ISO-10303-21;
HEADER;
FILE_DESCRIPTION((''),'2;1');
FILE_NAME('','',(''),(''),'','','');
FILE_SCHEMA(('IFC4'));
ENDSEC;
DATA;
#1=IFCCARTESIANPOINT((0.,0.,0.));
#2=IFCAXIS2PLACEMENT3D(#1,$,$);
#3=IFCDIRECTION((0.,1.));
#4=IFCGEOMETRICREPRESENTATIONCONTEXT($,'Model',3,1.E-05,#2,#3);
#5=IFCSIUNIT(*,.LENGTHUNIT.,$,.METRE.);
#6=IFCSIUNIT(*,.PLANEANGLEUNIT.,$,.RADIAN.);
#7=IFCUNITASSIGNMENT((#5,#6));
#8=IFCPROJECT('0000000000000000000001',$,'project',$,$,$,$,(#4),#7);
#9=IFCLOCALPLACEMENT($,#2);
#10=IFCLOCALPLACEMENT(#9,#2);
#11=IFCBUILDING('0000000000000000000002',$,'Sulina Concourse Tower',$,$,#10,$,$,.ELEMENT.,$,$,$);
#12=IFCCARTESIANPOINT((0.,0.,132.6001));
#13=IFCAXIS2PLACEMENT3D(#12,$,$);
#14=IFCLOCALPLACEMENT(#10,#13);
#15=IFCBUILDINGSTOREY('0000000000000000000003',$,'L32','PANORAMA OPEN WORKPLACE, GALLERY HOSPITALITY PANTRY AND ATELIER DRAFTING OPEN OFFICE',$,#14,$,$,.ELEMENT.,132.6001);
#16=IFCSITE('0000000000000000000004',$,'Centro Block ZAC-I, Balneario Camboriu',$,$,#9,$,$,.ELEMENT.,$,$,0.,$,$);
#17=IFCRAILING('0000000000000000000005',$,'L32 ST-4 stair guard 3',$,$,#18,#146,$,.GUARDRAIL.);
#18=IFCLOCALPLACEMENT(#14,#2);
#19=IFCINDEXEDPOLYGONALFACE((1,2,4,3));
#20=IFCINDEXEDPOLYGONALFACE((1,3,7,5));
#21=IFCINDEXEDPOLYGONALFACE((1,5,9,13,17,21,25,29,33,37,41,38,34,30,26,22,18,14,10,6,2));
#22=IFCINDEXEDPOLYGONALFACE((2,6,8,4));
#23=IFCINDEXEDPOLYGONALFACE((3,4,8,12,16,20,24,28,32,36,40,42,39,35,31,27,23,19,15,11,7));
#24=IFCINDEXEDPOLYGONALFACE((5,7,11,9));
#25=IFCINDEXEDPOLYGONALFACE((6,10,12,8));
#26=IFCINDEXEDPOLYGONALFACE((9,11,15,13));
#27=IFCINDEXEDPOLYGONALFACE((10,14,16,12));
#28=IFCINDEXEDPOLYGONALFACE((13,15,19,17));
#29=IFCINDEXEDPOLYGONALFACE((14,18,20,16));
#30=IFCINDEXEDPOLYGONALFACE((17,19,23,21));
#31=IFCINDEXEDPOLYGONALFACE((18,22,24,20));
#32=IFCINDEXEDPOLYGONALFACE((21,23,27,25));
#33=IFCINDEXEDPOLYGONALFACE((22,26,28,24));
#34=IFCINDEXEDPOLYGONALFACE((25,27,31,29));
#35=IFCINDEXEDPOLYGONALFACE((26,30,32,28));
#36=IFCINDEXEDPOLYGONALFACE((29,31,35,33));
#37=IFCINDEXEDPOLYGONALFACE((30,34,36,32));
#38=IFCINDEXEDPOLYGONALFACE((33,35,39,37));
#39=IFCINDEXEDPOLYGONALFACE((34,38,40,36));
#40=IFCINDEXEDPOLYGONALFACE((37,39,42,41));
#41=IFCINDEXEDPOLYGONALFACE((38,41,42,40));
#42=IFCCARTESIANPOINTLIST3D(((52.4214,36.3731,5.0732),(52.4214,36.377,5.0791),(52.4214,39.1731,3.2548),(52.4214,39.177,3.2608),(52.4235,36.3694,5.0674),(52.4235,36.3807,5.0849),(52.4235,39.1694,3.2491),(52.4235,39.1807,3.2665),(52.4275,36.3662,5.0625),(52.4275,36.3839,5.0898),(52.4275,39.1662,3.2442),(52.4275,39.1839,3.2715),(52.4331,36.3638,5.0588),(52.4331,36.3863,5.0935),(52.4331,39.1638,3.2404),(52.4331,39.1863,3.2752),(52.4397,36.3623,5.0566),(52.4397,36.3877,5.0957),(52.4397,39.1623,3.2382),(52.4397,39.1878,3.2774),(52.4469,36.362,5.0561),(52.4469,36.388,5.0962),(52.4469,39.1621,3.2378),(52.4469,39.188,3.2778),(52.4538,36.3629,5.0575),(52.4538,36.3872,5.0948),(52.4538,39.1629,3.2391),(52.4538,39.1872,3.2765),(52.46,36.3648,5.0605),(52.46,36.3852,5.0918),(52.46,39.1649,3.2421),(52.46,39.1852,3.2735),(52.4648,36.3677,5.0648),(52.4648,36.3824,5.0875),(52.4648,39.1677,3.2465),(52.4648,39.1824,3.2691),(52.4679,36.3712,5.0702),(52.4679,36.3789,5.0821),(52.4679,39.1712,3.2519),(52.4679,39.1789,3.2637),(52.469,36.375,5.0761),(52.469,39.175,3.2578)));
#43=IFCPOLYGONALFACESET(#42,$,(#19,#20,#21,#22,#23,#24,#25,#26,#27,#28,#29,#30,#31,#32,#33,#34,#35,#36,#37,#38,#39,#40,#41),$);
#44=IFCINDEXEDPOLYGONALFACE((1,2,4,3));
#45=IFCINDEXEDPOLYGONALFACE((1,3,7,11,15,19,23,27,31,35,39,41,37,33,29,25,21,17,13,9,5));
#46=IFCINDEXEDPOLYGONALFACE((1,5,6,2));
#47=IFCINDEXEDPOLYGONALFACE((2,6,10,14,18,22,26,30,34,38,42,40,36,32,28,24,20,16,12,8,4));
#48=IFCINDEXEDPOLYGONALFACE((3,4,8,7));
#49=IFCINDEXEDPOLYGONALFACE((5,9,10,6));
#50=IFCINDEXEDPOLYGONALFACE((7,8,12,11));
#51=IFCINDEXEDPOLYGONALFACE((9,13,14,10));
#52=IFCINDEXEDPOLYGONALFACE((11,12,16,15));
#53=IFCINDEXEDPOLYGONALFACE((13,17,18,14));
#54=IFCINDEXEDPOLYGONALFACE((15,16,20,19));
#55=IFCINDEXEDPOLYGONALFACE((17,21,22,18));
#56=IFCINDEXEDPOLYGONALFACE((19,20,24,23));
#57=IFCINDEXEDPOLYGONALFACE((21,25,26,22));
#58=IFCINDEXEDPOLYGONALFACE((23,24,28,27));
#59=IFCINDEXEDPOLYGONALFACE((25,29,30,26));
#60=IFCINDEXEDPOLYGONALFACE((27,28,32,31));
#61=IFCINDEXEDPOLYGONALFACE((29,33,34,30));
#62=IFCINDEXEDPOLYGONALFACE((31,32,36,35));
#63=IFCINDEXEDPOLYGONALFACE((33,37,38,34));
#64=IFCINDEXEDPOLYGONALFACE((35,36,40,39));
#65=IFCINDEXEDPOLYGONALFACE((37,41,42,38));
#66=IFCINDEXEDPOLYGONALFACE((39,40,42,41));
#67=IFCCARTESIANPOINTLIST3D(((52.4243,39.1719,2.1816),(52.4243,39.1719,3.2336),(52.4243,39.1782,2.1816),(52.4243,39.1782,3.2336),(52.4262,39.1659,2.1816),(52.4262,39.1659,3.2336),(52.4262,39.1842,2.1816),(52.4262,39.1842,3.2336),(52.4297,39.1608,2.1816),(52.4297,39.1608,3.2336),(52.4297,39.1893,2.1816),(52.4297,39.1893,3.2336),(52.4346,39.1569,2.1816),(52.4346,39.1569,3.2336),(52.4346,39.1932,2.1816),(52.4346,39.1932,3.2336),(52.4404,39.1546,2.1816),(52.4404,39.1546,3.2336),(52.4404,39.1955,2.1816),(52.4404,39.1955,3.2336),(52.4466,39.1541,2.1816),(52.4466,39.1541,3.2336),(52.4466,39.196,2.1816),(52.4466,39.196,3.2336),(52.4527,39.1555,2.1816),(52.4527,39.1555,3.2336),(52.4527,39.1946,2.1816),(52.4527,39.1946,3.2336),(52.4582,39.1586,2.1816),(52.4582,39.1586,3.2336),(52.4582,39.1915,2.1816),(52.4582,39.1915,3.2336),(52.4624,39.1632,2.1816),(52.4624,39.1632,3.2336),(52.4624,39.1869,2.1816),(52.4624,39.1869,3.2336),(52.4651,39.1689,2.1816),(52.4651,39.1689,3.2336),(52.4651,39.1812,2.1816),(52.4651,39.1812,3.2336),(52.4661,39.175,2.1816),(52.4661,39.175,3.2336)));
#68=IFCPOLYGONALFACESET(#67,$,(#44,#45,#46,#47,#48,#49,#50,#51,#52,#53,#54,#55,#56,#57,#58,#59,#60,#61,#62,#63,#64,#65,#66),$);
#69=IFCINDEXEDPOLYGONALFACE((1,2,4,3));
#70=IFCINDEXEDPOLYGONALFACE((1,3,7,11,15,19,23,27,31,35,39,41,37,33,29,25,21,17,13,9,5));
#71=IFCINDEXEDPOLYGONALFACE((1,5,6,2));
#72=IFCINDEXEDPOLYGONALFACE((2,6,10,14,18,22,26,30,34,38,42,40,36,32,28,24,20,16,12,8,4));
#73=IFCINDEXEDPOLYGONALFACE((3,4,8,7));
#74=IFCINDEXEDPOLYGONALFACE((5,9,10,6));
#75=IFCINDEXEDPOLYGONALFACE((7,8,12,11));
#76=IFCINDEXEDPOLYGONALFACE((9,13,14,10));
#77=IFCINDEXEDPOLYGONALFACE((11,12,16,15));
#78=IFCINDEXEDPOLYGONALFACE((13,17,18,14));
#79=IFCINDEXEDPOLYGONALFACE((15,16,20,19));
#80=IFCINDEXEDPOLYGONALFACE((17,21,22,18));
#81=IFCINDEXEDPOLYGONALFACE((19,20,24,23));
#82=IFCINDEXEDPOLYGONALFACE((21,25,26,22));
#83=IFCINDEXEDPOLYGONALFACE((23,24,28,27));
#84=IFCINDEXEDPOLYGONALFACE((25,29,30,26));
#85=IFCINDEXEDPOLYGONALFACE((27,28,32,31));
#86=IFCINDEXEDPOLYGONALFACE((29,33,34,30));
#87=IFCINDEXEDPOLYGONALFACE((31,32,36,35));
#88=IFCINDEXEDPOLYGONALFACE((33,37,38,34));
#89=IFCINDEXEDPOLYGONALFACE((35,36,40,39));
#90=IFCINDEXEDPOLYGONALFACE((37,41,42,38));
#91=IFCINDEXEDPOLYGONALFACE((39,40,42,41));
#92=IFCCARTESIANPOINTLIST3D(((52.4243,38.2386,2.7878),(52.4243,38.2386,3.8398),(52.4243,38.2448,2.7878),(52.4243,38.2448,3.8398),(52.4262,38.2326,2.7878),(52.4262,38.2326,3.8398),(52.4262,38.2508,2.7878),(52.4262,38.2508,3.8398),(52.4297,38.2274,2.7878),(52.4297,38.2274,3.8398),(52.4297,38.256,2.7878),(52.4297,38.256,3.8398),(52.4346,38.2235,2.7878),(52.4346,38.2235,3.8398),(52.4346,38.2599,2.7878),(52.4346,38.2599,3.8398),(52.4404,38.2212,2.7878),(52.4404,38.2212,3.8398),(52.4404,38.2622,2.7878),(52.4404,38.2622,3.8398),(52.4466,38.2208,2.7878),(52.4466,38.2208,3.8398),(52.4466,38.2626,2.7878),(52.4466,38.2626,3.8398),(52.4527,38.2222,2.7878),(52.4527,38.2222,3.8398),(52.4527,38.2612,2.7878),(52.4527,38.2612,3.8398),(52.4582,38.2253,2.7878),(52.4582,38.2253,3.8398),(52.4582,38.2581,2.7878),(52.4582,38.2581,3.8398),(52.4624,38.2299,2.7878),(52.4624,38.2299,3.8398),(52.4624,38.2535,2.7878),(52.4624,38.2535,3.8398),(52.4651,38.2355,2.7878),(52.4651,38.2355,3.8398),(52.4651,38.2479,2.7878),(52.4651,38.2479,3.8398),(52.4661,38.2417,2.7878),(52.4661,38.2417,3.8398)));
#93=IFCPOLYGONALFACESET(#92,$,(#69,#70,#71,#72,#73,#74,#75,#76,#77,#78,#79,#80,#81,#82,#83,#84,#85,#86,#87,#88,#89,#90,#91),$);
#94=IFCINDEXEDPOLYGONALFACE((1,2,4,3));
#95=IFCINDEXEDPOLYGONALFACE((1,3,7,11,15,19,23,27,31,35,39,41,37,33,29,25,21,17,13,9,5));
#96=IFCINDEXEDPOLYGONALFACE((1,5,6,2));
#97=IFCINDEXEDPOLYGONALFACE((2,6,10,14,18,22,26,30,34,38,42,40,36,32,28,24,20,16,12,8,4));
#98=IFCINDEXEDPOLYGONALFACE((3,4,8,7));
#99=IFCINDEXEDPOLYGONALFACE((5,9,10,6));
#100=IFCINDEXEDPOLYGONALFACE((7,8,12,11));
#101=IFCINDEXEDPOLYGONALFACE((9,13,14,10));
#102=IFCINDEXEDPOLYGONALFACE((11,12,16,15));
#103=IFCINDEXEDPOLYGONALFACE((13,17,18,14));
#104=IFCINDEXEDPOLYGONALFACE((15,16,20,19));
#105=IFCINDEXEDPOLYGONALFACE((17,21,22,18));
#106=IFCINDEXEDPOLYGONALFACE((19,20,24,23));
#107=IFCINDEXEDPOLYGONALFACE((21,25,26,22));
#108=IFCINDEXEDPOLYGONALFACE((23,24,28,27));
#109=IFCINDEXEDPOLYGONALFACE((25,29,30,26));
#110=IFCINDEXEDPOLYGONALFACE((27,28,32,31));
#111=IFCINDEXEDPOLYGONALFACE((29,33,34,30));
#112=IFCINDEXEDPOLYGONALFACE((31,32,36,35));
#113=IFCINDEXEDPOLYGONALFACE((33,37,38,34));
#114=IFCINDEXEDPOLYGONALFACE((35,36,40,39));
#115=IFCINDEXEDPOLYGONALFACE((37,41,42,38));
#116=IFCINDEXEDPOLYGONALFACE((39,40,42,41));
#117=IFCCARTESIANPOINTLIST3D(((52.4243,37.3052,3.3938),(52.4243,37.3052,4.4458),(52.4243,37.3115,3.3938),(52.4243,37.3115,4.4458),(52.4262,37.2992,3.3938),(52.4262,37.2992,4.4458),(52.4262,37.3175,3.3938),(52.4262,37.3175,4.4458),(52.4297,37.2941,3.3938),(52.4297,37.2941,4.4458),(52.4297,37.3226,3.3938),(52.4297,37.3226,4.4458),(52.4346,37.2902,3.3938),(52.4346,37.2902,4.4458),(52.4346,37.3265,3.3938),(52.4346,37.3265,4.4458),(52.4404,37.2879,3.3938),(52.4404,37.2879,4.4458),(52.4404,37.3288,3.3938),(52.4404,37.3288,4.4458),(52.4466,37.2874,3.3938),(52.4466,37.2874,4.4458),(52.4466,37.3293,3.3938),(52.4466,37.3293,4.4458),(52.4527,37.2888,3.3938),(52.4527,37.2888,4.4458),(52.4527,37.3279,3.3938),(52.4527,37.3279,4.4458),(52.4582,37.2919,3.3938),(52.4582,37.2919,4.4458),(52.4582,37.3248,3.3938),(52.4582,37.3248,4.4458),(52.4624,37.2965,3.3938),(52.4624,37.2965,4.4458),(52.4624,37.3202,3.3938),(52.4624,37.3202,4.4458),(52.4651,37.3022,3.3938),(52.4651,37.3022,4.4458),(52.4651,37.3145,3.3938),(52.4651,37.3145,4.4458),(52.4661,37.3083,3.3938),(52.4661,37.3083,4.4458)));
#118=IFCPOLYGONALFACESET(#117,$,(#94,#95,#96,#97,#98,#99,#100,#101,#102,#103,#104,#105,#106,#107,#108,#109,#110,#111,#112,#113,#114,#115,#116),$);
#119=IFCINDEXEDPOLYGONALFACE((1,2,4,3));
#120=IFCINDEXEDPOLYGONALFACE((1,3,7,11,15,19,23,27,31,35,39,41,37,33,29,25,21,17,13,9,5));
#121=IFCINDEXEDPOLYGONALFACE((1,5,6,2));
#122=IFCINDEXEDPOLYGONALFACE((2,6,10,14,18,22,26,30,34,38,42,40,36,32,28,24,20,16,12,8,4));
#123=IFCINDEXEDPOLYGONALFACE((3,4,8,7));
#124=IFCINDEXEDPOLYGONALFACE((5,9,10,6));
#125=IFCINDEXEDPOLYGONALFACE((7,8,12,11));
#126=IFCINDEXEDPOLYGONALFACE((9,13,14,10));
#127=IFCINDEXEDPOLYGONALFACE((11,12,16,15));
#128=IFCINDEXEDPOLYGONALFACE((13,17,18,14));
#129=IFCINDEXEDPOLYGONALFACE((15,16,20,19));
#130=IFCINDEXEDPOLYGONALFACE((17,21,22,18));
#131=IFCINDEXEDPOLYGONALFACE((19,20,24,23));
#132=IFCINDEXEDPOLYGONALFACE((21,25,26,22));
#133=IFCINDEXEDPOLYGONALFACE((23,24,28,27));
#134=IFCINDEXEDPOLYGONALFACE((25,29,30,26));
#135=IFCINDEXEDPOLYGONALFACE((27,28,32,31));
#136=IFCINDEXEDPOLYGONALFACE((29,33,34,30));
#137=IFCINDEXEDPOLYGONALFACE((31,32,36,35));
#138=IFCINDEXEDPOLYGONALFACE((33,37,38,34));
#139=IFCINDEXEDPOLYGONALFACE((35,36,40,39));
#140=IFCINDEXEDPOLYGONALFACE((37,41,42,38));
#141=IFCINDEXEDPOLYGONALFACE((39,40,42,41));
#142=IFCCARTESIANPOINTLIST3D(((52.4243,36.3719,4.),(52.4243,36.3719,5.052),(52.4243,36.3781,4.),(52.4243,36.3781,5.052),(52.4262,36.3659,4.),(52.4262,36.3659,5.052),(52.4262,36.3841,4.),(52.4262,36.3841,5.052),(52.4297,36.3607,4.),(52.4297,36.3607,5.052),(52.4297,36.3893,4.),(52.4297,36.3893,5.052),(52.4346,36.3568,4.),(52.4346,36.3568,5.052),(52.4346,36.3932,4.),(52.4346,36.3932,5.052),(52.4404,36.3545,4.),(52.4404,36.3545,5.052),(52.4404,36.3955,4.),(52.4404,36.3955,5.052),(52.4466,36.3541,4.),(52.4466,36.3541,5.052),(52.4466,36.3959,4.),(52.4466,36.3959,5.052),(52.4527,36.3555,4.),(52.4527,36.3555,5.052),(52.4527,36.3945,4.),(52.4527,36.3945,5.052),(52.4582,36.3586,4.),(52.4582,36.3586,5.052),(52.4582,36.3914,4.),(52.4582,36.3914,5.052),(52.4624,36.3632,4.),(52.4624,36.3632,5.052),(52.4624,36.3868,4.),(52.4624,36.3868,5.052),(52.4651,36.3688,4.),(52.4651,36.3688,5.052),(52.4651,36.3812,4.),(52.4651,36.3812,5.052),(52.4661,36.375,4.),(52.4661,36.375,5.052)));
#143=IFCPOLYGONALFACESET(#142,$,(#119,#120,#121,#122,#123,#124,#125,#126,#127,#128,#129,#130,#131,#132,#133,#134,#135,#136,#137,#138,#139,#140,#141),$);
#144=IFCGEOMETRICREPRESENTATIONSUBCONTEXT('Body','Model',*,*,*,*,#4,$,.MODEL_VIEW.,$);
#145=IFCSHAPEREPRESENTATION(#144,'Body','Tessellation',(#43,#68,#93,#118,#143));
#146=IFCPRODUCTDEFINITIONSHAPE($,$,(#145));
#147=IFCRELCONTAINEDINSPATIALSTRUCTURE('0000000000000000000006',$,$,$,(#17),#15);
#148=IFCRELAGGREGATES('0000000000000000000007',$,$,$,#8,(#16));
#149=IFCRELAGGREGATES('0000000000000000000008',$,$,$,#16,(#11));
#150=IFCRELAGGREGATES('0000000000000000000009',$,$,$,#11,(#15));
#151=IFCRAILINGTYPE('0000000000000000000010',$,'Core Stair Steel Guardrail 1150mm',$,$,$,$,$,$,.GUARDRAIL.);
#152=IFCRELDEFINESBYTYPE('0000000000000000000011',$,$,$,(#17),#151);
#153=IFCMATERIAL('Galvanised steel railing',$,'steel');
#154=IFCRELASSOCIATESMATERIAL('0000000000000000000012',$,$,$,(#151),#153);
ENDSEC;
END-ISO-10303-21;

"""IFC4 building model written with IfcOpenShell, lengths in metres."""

from ifc_helpers import new_model, si_unit, direction, frame, origin, origin_2d, place, context, subcontext, project, spatial, circle, extrude, material, type_object, element, save


model = new_model("IFC4")

# Units and contexts
model_context = context("Model", 3, precision=1e-05, world=origin(), true_north=direction((0.0, 1.0)))
body_context = subcontext(model_context, "Body", "Model", "MODEL_VIEW")
ifc_project = project(units=[si_unit("LENGTHUNIT", "METRE"), si_unit("PLANEANGLEUNIT", "RADIAN")], contexts=[model_context])

# Site, building, storey
site_placement = place(None, origin())
site = spatial("IfcSite", under=ifc_project, at=site_placement, Name="Centro Block ZAC-I, Balneario Camboriu", CompositionType="ELEMENT", RefElevation=0.0)
building_placement = place(site_placement, origin())
building = spatial("IfcBuilding", under=site, at=building_placement, Name="Sulina Concourse Tower", CompositionType="ELEMENT")
storey_placement = place(building_placement, frame((0.0, 0.0, 132.6001)))
storey = spatial("IfcBuildingStorey", under=building, at=storey_placement, Name="L32", Description="PANORAMA OPEN WORKPLACE, GALLERY HOSPITALITY PANTRY AND ATELIER DRAFTING OPEN OFFICE", CompositionType="ELEMENT", Elevation=132.6001)

# Railing
ifc_material_1 = material(Name="Galvanised steel railing", Category="steel")
railing_type_1 = type_object("IfcRailingType", Name="Core Stair Steel Guardrail 1150mm", PredefinedType="GUARDRAIL", material=ifc_material_1)
railing_1_placement = place(storey_placement, frame((52.4451, 39.175, 2.1816)))
element("IfcRailing", 1, at=railing_1_placement, inside=storey, type_object=railing_type_1, Name="L32 ST-4 stair guard 3", PredefinedType="GUARDRAIL", context=body_context, shape_type="SweptSolid", body=[
    extrude(circle(Radius=0.0239, at=origin_2d()), frame((0.0, 0.0, 1.0762), z_axis=(0.0, -0.838672, 0.544636), x_axis=(1.0, 0.0, 0.0)), (0.0, 0.0, 1.0), 3.3386),
    extrude(circle(Radius=0.021, at=origin_2d()), origin(), (0.0, 0.0, 1.0), 1.052),
    extrude(circle(Radius=0.021, at=origin_2d()), frame((0.0, -0.9333, 0.6062)), (0.0, 0.0, 1.0), 1.052),
    extrude(circle(Radius=0.021, at=origin_2d()), frame((0.0, -1.8667, 1.2122)), (0.0, 0.0, 1.0), 1.052),
    extrude(circle(Radius=0.021, at=origin_2d()), frame((0.0, -2.8, 1.8184)), (0.0, 0.0, 1.0), 1.052),
])

save(model, "model.ifc")
